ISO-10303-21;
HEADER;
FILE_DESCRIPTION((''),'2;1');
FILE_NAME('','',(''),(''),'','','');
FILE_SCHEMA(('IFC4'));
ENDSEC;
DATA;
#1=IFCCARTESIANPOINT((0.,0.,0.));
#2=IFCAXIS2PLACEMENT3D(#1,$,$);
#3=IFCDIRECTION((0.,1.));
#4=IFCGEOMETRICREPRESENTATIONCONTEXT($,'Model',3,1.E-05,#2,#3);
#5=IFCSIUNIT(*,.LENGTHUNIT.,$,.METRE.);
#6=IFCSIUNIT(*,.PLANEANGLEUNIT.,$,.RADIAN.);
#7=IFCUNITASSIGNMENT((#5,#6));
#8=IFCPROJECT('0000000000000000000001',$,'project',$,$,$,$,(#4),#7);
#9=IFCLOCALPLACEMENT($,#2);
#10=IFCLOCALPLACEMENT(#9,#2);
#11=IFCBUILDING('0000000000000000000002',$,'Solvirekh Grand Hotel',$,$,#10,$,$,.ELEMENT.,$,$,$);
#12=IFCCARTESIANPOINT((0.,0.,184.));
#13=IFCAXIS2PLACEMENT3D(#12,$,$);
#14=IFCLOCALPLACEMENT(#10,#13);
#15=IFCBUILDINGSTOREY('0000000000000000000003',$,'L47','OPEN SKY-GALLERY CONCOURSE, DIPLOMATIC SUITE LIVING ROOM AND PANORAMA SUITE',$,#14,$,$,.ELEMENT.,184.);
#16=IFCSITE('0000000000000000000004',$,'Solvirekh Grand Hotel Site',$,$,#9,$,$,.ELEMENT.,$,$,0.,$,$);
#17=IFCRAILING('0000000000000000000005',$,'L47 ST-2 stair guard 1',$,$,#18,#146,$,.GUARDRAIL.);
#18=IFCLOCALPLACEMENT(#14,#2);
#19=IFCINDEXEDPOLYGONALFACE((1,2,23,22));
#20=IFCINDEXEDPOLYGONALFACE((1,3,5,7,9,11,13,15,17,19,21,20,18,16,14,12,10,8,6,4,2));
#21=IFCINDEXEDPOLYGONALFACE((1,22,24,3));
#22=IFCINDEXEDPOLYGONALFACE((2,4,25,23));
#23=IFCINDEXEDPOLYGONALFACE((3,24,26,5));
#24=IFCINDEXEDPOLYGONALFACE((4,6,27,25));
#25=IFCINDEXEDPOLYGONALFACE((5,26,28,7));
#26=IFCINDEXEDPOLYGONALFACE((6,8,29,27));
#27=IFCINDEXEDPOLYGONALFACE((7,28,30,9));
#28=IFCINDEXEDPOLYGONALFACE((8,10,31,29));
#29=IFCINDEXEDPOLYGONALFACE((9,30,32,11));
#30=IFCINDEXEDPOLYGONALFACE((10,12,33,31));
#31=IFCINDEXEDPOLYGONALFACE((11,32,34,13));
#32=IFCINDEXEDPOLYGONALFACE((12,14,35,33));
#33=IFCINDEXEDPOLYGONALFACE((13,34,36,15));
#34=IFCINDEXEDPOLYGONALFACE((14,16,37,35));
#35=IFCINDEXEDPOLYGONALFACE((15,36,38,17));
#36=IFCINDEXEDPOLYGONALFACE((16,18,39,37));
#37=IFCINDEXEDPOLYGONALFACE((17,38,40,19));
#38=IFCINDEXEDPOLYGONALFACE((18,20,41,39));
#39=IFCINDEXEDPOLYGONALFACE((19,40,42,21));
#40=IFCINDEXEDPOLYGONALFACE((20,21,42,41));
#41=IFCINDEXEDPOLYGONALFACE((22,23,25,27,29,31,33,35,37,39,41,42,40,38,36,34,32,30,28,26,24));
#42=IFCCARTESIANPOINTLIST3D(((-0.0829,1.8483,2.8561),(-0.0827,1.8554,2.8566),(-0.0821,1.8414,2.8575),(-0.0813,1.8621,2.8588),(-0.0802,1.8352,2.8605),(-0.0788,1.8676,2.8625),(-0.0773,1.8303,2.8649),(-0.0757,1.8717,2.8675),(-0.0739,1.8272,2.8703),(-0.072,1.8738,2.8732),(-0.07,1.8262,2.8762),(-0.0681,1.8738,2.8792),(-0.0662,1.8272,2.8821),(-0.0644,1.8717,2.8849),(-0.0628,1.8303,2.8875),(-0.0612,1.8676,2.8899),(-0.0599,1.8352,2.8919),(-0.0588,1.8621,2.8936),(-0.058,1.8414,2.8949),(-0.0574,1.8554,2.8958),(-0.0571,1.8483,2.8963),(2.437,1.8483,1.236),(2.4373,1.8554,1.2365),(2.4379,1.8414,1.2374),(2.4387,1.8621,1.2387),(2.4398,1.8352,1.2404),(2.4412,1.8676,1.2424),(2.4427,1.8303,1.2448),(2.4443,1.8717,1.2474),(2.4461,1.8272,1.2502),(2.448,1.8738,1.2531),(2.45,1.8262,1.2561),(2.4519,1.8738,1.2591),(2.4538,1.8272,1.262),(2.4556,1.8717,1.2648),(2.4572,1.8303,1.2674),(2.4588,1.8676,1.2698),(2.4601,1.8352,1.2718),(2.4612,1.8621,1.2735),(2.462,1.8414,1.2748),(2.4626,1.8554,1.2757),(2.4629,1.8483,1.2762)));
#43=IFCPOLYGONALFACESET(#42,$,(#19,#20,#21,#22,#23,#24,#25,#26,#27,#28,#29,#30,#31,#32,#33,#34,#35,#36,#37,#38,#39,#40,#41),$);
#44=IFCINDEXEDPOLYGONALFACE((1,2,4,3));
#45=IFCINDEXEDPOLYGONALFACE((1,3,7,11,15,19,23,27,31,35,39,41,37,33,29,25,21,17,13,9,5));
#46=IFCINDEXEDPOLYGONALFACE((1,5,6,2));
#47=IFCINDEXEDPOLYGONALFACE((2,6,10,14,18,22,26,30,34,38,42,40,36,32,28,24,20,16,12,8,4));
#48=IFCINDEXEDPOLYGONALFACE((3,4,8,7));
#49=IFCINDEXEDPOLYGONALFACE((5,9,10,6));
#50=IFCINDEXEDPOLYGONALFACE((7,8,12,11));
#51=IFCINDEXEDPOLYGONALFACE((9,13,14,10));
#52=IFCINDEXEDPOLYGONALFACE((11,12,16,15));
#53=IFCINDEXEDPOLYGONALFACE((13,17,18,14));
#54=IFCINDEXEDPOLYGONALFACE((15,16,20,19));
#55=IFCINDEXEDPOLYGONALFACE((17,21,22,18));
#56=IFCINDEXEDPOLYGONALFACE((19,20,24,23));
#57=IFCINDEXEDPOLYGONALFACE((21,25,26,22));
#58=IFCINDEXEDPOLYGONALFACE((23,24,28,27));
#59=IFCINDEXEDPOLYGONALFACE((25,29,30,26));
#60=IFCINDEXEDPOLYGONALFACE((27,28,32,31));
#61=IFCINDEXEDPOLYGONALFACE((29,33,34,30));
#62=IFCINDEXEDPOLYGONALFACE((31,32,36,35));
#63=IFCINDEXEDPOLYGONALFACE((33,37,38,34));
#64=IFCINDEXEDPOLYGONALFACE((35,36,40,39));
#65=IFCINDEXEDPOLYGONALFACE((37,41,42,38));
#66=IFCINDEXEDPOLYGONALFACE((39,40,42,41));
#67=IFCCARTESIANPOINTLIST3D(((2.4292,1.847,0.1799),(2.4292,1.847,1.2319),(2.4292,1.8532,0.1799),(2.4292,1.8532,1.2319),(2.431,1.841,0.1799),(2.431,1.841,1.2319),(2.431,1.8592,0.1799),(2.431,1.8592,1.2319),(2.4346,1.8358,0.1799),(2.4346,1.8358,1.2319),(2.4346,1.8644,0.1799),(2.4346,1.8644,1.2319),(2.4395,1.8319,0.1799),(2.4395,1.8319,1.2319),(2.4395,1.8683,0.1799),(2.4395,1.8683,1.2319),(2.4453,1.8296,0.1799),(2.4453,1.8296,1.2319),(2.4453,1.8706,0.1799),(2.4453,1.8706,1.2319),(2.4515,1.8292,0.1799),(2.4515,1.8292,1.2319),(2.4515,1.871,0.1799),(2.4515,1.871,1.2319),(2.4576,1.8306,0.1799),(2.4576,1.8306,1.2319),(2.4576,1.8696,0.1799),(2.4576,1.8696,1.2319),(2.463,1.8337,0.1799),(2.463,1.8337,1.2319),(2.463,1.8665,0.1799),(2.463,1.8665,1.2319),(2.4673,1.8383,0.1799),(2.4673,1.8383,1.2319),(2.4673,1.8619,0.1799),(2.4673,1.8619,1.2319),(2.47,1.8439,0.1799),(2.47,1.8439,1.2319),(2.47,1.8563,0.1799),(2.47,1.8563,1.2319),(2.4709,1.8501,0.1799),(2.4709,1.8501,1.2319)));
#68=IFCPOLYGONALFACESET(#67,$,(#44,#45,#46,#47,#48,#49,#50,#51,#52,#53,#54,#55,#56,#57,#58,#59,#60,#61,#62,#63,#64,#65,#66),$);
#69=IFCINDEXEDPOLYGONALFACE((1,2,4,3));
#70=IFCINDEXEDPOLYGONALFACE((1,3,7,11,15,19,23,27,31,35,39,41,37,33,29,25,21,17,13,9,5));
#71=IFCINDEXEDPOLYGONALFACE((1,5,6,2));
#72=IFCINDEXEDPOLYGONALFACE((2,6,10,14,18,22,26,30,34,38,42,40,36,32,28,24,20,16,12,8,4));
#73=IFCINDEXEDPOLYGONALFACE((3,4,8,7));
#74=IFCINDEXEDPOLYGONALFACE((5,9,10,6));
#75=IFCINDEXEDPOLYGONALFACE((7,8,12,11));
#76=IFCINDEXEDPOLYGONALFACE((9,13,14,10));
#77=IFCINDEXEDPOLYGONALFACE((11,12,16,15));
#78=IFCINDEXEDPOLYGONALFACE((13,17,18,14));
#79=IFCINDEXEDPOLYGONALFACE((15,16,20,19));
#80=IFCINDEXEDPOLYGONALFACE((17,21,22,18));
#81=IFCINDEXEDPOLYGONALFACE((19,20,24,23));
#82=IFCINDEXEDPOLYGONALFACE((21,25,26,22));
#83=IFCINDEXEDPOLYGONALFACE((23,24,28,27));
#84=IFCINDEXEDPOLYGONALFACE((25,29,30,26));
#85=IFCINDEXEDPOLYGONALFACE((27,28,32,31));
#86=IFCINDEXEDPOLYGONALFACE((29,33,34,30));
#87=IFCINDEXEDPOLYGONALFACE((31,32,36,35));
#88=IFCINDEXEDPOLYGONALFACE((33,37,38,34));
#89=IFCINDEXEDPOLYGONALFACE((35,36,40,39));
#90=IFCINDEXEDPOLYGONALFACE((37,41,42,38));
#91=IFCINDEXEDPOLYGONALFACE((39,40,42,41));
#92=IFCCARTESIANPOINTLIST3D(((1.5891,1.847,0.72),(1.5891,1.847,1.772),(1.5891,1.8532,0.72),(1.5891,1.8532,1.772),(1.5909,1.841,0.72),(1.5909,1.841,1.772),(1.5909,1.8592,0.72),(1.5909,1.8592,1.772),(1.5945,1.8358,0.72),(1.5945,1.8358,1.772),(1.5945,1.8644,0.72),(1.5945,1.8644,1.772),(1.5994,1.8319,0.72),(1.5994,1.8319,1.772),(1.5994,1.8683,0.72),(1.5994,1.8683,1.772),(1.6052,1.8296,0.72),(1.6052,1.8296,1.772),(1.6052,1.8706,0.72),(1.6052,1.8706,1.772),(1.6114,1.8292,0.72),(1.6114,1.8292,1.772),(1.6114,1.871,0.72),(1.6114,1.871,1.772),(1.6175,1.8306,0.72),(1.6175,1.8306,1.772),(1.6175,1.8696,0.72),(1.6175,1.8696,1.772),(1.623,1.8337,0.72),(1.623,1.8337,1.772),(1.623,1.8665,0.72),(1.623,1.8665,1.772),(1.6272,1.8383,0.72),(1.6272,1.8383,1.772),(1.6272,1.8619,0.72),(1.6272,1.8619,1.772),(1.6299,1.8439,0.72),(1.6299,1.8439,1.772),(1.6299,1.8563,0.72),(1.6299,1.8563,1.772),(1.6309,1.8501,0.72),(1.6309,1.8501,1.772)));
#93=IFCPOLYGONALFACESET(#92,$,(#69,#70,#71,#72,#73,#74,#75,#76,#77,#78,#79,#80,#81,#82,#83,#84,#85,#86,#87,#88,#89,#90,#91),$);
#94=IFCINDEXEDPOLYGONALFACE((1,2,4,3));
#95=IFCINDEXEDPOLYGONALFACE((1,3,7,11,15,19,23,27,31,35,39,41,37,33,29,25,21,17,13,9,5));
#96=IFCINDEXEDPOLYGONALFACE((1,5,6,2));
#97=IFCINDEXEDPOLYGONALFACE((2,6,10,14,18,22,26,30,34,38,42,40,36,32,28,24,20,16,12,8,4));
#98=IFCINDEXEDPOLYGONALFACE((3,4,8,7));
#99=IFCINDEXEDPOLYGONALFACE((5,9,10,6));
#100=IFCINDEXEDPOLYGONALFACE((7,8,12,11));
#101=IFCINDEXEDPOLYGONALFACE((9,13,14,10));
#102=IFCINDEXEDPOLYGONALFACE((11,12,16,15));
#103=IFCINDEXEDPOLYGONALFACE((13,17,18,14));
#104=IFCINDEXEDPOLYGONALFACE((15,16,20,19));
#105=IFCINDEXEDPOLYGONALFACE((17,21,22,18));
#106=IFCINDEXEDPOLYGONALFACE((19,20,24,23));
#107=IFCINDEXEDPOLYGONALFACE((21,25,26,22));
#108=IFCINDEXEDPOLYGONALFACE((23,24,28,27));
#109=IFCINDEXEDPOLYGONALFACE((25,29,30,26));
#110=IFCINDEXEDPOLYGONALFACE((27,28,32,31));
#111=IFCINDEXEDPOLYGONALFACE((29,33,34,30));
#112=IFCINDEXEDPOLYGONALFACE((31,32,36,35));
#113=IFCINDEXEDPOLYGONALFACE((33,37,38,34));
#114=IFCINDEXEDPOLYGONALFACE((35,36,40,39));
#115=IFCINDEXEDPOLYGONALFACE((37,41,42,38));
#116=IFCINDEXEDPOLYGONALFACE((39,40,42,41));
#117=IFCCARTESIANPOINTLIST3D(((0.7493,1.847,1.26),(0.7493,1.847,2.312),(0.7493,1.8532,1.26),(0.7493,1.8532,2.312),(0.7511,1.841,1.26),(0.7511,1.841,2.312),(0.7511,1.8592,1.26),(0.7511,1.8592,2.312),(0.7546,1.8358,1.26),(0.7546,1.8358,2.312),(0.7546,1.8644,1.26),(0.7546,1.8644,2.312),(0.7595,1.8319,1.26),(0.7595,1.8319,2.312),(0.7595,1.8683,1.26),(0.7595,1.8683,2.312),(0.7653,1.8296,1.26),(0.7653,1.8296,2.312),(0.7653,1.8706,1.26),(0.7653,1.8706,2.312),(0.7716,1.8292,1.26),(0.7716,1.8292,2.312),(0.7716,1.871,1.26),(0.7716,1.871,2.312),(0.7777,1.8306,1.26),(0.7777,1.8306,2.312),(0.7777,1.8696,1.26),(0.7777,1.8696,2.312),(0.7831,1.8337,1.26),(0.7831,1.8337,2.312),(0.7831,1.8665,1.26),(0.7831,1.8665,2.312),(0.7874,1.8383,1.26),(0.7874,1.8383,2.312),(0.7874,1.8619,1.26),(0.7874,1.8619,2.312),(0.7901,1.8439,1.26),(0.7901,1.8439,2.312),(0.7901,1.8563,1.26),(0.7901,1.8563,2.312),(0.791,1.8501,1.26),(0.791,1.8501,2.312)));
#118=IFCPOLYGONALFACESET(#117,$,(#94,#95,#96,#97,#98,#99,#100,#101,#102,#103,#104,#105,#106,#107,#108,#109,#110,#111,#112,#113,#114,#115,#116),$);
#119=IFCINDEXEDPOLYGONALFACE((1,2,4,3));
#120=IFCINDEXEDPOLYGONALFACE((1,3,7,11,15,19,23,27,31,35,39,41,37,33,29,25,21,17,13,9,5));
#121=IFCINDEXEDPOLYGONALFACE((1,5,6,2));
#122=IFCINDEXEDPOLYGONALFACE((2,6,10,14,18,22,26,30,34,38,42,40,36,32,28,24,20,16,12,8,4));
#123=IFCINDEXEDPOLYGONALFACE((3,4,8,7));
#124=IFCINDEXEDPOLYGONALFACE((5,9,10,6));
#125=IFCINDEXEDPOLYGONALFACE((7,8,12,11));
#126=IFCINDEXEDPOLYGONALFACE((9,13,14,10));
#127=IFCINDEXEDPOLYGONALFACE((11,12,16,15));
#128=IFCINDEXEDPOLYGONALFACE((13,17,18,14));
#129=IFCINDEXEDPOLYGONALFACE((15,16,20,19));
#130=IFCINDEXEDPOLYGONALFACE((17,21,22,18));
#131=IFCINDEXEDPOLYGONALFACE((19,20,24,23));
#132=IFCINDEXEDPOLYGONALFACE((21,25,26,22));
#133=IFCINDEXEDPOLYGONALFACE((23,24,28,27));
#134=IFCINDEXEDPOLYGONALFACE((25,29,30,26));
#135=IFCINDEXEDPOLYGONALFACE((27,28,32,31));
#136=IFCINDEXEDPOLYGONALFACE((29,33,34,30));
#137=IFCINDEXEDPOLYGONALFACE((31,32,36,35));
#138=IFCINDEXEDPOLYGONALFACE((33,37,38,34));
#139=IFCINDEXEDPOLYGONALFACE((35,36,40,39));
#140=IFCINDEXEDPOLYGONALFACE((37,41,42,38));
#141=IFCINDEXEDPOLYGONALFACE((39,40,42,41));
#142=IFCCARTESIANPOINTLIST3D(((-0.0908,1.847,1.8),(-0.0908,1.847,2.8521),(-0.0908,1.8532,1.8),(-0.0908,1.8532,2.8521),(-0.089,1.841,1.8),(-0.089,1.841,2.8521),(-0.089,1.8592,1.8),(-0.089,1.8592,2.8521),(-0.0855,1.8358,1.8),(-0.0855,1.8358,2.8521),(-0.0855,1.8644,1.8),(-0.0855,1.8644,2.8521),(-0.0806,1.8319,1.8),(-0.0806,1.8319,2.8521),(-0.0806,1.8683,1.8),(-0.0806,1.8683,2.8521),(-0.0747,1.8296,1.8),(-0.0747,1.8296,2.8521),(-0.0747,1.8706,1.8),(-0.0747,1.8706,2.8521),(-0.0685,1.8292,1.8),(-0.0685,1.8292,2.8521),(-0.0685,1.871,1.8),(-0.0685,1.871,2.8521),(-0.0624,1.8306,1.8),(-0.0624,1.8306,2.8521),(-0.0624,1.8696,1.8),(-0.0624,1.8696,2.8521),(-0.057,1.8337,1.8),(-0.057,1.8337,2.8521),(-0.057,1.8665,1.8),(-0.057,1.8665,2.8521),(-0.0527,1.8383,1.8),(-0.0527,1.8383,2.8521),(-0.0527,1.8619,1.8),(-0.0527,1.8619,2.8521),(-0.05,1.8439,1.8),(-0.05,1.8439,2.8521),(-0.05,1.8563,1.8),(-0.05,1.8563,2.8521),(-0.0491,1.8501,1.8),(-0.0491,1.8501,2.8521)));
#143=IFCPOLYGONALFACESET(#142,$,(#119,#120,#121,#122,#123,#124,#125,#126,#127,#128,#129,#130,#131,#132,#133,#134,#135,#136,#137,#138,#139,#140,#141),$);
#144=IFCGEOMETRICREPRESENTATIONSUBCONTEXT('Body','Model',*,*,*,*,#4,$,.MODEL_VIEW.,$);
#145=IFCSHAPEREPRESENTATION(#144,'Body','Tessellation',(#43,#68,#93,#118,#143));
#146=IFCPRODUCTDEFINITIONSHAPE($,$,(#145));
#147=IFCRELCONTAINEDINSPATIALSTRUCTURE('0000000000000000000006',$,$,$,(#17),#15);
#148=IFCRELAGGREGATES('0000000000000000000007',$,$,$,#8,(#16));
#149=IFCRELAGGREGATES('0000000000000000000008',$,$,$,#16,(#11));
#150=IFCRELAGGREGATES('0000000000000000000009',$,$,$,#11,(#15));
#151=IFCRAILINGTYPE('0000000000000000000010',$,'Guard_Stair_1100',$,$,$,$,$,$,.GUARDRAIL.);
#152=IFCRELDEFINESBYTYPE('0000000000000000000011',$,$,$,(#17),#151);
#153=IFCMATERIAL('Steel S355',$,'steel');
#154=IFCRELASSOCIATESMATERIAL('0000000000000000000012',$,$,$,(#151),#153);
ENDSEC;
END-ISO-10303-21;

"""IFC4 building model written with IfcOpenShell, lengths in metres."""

from ifc_helpers import new_model, si_unit, direction, frame, origin, origin_2d, place, context, subcontext, project, spatial, circle, extrude, material, type_object, element, save


model = new_model("IFC4")

# Units and contexts
model_context = context("Model", 3, precision=1e-05, world=origin(), true_north=direction((0.0, 1.0)))
body_context = subcontext(model_context, "Body", "Model", "MODEL_VIEW")
ifc_project = project(units=[si_unit("LENGTHUNIT", "METRE"), si_unit("PLANEANGLEUNIT", "RADIAN")], contexts=[model_context])

# Site, building, storey
site_placement = place(None, origin())
site = spatial("IfcSite", under=ifc_project, at=site_placement, Name="Solvirekh Grand Hotel Site", CompositionType="ELEMENT", RefElevation=0.0)
building_placement = place(site_placement, origin())
building = spatial("IfcBuilding", under=site, at=building_placement, Name="Solvirekh Grand Hotel", CompositionType="ELEMENT")
storey_placement = place(building_placement, frame((0.0, 0.0, 184.0)))
storey = spatial("IfcBuildingStorey", under=building, at=storey_placement, Name="L47", Description="OPEN SKY-GALLERY CONCOURSE, DIPLOMATIC SUITE LIVING ROOM AND PANORAMA SUITE", CompositionType="ELEMENT", Elevation=184.0)

# Railing
ifc_material_1 = material(Name="Steel S355", Category="steel")
railing_type_1 = type_object("IfcRailingType", Name="Guard_Stair_1100", PredefinedType="GUARDRAIL", material=ifc_material_1)
railing_1_placement = place(storey_placement, frame((2.45, 1.8501, 0.1799)))
element("IfcRailing", 1, at=railing_1_placement, inside=storey, type_object=railing_type_1, Name="L47 ST-2 stair guard 1", PredefinedType="GUARDRAIL", context=body_context, shape_type="SweptSolid", body=[
    extrude(circle(Radius=0.0239, at=origin_2d()), frame((0.0, 0.0, 1.0762), z_axis=(-0.841163, 0.0, 0.540782), x_axis=(0.0, -1.0, 0.0)), (0.0, 0.0, 1.0), 2.9958),
    extrude(circle(Radius=0.021, at=origin_2d()), origin(), (0.0, 0.0, 1.0), 1.052),
    extrude(circle(Radius=0.021, at=origin_2d()), frame((-0.8401, 0.0, 0.54)), (0.0, 0.0, 1.0), 1.052),
    extrude(circle(Radius=0.021, at=origin_2d()), frame((-1.6799, 0.0, 1.0801)), (0.0, 0.0, 1.0), 1.052),
    extrude(circle(Radius=0.021, at=origin_2d()), frame((-2.52, 0.0, 1.6201)), (0.0, 0.0, 1.0), 1.052),
])

save(model, "model.ifc")
